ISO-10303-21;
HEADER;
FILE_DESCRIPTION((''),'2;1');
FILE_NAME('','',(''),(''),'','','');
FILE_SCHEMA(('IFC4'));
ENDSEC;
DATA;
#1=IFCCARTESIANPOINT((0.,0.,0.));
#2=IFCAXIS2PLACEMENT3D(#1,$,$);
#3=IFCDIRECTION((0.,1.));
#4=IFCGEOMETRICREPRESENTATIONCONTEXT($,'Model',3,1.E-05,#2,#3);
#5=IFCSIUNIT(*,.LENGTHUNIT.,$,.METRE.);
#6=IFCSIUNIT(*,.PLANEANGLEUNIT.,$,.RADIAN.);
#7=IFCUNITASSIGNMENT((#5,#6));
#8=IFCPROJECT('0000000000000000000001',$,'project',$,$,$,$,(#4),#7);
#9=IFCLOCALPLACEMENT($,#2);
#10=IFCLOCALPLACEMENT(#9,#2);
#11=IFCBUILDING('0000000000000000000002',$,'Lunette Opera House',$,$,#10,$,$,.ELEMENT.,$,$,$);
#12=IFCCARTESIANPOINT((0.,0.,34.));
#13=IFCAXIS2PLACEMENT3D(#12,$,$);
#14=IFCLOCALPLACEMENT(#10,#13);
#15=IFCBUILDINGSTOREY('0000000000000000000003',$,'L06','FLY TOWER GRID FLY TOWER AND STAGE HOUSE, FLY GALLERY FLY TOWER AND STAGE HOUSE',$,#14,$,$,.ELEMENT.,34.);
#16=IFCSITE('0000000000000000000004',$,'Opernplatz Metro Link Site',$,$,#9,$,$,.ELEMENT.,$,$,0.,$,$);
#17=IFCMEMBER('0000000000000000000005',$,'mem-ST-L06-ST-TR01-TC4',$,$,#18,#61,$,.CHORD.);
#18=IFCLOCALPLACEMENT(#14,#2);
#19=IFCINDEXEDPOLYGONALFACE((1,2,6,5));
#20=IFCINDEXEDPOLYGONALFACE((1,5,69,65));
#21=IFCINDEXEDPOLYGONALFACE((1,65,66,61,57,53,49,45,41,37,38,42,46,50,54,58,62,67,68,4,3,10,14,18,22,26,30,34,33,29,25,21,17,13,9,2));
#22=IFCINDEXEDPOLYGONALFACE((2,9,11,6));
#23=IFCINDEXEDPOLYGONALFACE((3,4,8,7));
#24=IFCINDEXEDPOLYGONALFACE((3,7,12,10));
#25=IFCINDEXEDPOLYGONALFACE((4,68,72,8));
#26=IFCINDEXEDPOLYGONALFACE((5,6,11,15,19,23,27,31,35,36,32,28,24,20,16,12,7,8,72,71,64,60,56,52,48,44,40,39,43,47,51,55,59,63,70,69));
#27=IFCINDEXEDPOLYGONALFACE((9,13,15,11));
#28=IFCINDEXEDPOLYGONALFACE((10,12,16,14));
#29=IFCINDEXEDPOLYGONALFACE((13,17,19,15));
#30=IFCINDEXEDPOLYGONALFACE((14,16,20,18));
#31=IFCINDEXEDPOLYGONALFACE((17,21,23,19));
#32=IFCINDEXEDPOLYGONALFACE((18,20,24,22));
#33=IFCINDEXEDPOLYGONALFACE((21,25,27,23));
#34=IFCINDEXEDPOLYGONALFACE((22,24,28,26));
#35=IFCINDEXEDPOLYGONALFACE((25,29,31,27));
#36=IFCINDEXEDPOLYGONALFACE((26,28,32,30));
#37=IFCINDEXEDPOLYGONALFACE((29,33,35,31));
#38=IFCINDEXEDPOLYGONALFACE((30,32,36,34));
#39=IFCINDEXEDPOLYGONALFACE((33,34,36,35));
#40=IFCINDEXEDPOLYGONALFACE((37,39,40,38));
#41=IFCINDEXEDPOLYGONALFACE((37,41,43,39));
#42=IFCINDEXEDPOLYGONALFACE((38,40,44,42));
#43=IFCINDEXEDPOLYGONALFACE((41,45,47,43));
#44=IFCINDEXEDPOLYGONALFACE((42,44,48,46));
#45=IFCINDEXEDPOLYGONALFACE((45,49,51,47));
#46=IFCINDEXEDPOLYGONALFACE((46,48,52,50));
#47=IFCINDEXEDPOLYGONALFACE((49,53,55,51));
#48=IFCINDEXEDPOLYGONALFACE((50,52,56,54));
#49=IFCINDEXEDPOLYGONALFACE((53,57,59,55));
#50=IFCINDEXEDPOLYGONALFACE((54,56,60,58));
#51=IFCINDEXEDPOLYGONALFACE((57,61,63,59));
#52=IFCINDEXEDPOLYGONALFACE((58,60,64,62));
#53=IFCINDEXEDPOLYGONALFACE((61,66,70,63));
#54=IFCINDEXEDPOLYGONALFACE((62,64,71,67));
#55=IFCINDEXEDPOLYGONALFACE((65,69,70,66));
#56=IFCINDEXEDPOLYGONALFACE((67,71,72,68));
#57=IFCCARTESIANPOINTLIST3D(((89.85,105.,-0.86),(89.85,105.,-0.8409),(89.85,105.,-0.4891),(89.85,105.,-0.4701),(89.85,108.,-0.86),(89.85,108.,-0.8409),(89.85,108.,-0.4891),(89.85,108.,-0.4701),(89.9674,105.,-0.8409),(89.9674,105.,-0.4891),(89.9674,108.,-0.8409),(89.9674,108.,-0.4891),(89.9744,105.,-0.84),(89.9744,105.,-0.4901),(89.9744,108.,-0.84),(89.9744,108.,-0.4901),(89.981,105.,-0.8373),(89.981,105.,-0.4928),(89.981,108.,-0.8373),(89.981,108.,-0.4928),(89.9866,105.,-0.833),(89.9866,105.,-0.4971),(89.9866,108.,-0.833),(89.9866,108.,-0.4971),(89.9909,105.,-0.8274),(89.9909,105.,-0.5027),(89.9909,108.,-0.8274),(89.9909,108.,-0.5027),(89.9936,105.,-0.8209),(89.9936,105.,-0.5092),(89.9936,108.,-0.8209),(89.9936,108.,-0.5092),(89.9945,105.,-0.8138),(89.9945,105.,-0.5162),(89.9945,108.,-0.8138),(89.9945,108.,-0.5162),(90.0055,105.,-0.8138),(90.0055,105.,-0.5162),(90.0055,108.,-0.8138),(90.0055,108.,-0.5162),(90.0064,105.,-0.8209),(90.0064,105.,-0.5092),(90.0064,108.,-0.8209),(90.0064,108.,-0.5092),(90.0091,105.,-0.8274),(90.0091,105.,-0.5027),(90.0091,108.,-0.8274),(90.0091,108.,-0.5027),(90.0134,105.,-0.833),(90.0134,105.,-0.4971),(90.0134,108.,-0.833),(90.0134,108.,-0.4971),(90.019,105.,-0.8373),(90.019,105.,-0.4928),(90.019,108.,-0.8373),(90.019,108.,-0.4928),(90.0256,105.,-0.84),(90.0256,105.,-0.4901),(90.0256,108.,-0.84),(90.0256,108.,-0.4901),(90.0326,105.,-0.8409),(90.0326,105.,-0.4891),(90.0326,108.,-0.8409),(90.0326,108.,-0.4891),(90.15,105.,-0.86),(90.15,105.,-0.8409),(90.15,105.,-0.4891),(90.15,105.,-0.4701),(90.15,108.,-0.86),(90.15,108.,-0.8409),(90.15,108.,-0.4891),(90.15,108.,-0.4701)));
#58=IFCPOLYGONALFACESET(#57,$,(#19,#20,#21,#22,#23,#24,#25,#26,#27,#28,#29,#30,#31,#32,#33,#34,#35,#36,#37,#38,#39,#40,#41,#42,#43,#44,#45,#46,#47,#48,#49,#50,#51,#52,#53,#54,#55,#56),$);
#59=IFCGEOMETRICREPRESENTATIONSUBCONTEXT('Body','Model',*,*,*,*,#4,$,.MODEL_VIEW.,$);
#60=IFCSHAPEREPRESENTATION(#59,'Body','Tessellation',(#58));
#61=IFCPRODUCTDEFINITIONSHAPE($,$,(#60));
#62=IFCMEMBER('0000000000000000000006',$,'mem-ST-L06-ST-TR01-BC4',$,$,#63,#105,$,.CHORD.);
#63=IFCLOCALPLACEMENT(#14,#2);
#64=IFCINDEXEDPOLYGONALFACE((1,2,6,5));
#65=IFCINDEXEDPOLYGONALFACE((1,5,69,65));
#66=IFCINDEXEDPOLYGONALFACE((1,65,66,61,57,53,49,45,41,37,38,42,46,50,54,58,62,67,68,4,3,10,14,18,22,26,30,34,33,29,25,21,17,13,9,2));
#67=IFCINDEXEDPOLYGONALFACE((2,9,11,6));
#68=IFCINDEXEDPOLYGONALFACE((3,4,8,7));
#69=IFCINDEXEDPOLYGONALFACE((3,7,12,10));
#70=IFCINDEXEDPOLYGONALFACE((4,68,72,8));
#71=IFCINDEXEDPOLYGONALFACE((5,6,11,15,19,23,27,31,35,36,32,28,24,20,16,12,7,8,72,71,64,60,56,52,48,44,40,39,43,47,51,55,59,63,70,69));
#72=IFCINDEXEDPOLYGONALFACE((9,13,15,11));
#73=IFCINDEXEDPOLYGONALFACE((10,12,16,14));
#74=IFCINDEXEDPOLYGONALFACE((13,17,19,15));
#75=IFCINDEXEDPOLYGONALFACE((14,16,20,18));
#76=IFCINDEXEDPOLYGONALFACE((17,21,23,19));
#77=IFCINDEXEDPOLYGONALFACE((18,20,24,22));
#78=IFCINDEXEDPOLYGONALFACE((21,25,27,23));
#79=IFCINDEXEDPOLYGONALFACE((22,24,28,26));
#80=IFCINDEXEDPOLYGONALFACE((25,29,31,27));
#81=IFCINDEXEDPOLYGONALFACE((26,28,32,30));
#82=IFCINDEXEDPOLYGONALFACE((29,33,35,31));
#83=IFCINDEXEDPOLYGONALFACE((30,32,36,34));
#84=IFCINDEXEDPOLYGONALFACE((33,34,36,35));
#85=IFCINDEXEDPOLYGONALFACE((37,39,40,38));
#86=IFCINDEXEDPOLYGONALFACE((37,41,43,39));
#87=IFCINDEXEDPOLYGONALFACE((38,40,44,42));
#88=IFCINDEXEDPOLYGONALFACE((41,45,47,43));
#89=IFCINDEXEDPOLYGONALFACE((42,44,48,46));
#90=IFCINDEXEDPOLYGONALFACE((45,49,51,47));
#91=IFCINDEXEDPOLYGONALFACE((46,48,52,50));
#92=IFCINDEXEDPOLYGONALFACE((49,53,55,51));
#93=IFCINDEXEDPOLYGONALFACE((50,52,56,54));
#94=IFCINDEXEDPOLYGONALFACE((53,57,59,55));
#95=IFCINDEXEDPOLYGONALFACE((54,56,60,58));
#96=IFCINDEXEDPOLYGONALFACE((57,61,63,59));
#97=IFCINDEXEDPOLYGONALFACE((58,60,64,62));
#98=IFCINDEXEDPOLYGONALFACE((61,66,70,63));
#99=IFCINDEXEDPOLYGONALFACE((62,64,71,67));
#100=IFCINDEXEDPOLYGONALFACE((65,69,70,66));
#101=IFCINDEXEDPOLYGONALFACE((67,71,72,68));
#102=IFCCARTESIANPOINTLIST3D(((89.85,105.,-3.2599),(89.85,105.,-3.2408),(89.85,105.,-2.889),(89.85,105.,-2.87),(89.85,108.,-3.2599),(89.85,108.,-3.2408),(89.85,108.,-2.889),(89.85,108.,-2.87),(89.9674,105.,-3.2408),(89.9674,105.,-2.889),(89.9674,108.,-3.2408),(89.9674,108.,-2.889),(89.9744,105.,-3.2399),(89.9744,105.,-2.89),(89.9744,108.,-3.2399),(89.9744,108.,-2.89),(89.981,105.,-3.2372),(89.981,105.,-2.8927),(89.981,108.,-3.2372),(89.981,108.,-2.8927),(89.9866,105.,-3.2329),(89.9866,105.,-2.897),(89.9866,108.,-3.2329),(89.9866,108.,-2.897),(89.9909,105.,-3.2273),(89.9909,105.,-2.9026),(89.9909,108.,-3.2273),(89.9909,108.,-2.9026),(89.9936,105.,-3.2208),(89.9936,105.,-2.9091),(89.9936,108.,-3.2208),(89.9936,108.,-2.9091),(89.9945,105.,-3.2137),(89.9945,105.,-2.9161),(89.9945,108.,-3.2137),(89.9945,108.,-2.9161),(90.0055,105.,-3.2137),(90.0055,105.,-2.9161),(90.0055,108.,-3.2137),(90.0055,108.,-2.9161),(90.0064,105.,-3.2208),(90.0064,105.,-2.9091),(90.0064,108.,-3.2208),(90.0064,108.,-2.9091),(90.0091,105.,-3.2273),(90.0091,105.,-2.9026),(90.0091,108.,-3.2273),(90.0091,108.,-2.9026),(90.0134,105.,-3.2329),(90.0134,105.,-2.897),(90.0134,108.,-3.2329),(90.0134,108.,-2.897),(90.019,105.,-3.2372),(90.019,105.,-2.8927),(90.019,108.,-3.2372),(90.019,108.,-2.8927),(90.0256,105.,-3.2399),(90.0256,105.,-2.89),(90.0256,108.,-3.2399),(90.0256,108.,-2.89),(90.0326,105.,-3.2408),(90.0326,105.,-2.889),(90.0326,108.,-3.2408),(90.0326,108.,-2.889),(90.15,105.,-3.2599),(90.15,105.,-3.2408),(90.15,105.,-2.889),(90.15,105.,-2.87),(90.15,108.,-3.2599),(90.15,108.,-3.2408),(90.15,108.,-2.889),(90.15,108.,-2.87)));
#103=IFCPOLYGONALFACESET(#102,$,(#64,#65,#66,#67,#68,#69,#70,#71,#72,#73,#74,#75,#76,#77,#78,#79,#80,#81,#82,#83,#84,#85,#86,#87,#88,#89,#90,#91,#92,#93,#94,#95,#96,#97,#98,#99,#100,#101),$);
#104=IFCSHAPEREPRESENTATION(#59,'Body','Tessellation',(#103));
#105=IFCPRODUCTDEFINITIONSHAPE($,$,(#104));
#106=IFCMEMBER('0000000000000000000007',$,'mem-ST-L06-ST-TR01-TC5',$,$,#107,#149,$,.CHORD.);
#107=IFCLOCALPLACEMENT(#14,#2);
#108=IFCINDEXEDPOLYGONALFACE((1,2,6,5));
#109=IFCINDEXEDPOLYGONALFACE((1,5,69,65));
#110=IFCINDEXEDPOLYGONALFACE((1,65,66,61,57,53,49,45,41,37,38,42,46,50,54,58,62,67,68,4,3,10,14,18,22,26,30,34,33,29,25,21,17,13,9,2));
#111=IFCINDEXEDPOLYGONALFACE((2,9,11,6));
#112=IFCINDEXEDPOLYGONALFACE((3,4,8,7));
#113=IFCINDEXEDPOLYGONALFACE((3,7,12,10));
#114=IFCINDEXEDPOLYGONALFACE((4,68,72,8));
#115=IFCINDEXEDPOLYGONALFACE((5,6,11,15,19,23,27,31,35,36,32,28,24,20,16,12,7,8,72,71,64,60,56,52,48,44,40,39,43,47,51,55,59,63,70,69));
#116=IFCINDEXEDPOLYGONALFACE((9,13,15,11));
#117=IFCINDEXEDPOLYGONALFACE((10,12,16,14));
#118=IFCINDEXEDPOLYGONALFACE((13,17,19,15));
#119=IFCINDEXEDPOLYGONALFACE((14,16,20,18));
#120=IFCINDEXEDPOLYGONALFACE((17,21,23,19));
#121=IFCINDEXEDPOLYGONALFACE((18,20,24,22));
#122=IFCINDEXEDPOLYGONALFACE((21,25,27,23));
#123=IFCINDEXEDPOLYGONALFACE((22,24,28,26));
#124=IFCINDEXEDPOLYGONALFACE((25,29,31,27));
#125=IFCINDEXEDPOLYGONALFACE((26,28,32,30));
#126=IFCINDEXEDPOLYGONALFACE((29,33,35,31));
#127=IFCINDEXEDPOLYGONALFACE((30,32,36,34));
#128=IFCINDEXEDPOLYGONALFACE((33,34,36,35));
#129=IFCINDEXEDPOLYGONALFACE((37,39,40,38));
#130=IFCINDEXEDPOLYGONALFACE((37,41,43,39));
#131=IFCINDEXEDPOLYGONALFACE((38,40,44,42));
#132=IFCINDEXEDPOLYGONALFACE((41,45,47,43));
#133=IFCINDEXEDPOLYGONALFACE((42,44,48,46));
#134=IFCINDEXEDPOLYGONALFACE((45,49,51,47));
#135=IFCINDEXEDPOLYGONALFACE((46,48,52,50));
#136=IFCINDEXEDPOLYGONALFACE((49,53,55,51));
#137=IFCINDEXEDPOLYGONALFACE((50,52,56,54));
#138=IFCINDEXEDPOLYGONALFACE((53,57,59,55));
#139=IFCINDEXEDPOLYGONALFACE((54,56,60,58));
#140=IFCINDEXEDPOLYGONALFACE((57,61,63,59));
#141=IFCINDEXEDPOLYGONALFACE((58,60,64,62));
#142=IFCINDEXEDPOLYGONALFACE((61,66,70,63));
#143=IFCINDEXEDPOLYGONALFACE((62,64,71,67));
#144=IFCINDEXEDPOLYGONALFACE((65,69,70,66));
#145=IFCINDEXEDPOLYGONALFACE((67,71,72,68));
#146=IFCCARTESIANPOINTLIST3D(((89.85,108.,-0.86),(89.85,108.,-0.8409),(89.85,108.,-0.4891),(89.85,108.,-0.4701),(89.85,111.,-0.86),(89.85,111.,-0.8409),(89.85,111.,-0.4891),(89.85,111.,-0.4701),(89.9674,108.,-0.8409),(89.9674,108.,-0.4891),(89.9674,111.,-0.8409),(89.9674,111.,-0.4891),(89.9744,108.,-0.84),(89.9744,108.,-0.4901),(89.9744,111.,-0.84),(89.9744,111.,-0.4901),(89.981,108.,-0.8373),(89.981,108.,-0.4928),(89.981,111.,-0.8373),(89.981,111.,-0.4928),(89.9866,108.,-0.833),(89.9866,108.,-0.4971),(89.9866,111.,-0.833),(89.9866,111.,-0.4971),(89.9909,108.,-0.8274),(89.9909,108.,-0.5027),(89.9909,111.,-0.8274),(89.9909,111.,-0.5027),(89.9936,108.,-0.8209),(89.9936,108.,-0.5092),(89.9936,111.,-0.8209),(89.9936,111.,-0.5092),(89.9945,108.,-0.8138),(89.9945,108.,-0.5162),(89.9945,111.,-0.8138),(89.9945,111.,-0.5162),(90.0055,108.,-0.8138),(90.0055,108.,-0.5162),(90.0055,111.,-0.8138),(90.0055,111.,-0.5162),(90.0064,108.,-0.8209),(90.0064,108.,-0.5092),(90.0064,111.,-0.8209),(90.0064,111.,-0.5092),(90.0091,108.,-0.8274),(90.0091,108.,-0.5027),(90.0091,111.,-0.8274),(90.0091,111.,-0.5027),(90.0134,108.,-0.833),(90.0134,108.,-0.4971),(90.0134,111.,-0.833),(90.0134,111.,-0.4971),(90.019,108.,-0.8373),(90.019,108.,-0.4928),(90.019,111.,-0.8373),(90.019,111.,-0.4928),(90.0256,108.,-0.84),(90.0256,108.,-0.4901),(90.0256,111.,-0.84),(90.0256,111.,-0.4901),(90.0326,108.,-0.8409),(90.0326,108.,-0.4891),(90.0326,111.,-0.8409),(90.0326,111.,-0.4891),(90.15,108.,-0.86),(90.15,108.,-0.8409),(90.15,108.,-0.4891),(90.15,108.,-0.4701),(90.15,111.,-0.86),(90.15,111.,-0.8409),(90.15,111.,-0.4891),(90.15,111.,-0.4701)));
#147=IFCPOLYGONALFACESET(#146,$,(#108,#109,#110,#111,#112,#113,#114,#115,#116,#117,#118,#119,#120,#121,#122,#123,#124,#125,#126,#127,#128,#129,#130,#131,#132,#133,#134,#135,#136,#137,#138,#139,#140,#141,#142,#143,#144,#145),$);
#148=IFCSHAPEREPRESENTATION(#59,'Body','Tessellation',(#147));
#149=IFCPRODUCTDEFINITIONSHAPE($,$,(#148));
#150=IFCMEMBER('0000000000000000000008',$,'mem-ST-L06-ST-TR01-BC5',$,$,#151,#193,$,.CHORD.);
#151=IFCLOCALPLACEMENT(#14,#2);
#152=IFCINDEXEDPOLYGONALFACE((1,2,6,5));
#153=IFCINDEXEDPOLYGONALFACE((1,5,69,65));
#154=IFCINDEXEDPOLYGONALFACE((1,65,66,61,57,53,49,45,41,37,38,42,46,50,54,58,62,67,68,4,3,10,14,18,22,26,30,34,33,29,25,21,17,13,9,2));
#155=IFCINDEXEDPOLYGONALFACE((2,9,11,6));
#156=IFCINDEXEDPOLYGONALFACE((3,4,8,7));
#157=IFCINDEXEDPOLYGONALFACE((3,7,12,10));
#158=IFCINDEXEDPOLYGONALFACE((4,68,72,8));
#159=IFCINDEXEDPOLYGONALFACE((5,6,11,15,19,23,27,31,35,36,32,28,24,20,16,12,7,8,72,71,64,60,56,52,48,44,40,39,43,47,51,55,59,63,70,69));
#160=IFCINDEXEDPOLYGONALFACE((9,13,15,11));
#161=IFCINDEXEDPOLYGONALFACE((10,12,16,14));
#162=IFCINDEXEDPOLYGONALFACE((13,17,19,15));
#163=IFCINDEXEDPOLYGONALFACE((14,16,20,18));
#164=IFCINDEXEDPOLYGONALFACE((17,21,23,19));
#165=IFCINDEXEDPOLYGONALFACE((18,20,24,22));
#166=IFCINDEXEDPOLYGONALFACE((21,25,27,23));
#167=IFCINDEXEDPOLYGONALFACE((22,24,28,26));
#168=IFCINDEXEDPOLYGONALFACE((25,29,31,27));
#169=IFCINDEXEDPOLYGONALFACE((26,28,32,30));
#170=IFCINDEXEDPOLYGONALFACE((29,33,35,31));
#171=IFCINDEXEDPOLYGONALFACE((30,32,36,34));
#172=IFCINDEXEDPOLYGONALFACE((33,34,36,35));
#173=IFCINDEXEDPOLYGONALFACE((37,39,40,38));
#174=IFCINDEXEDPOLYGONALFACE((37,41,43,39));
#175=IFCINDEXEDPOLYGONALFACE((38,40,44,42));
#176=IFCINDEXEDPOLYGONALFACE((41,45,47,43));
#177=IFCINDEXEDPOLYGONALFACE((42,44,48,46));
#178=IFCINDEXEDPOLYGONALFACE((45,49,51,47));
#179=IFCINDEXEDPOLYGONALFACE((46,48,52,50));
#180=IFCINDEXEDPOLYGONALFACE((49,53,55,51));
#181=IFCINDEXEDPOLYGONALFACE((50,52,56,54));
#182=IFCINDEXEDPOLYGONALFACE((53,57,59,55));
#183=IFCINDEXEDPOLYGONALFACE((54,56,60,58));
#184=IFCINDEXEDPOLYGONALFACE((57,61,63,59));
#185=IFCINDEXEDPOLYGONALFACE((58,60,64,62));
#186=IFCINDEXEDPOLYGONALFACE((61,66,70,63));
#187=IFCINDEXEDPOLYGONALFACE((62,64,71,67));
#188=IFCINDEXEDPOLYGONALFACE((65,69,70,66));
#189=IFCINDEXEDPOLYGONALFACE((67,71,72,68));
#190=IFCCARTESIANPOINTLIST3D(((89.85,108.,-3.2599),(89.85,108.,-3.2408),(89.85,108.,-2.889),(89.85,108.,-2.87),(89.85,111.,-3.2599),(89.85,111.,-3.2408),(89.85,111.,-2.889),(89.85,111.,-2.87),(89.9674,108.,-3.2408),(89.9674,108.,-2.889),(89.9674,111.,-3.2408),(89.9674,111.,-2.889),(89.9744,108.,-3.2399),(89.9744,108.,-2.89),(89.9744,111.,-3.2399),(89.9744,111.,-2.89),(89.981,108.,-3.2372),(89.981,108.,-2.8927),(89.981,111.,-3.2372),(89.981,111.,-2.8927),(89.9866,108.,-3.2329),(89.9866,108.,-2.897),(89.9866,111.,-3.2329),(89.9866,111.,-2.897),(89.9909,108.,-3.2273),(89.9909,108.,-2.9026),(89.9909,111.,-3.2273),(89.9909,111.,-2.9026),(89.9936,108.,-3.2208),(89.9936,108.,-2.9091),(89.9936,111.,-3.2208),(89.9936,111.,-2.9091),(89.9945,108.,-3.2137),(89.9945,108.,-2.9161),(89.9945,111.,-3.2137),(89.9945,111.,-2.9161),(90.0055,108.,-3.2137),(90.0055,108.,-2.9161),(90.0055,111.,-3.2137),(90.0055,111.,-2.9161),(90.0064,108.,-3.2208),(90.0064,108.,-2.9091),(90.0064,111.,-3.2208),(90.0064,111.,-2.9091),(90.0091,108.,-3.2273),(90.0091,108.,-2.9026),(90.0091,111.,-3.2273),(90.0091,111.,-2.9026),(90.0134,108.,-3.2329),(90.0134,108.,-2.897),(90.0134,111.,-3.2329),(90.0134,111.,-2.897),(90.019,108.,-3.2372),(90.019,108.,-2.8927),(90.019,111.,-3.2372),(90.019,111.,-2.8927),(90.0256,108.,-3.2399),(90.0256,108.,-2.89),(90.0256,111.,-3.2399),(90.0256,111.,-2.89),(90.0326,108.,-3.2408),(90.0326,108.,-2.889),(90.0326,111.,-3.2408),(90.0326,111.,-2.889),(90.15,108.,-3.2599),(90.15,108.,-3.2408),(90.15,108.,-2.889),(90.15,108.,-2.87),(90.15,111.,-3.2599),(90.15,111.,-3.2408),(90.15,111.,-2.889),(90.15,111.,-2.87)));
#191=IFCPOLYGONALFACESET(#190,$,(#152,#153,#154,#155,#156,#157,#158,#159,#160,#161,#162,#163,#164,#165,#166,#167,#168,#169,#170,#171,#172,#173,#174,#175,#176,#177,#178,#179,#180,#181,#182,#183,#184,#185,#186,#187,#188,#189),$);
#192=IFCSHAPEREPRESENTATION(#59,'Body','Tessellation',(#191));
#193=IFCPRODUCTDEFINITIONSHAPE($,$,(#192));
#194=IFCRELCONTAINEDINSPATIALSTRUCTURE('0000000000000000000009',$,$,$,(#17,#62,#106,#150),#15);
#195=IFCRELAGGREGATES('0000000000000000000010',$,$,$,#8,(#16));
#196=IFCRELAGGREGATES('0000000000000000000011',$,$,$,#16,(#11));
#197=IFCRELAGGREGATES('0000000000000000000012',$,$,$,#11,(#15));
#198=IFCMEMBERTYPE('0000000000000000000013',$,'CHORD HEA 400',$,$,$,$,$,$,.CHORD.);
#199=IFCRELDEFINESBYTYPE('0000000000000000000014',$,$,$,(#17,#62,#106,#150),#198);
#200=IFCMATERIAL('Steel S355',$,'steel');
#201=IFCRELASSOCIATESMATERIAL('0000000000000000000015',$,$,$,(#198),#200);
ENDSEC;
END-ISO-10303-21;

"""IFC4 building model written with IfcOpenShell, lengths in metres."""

from ifc_helpers import new_model, si_unit, direction, frame, origin, origin_2d, place, context, subcontext, project, spatial, i_section, extrude, material, material_profile, profile_set, type_object, element, save


model = new_model("IFC4")

# Units and contexts
model_context = context("Model", 3, precision=1e-05, world=origin(), true_north=direction((0.0, 1.0)))
body_context = subcontext(model_context, "Body", "Model", "MODEL_VIEW")
ifc_project = project(units=[si_unit("LENGTHUNIT", "METRE"), si_unit("PLANEANGLEUNIT", "RADIAN")], contexts=[model_context])

# Site, building, storey
site_placement = place(None, origin())
site = spatial("IfcSite", under=ifc_project, at=site_placement, Name="Opernplatz Metro Link Site", CompositionType="ELEMENT", RefElevation=0.0)
building_placement = place(site_placement, origin())
building = spatial("IfcBuilding", under=site, at=building_placement, Name="Lunette Opera House", CompositionType="ELEMENT")
storey_placement = place(building_placement, frame((0.0, 0.0, 34.0)))
storey = spatial("IfcBuildingStorey", under=building, at=storey_placement, Name="L06", Description="FLY TOWER GRID FLY TOWER AND STAGE HOUSE, FLY GALLERY FLY TOWER AND STAGE HOUSE", CompositionType="ELEMENT", Elevation=34.0)

# Members
ifc_material_1 = material(Name="Steel S355", Category="steel")
ifc_material_profile_1 = material_profile(ifc_material_1, i_section(OverallWidth=0.3, OverallDepth=0.3899, WebThickness=0.011, FlangeThickness=0.019, FilletRadius=0.0271, at=origin_2d()), Name="HEA 400")
ifc_profile_set_1 = profile_set([ifc_material_profile_1], Name="Steel S355")
member_type_1 = type_object("IfcMemberType", Name="CHORD HEA 400", PredefinedType="CHORD", material=ifc_profile_set_1)
for number, where, z_axis, x_axis, name in (
    (1, (90.0, 105.0, -0.665), (0.0, 1.0, 0.0), (-1.0, 0.0, 0.0), "mem-ST-L06-ST-TR01-TC4"),
    (2, (90.0, 105.0, -3.0649), (0.0, 1.0, 0.0), (-1.0, 0.0, 0.0), "mem-ST-L06-ST-TR01-BC4"),
    (3, (90.0, 108.0, -0.665), (0.0, 1.0, 0.0), (-1.0, 0.0, 0.0), "mem-ST-L06-ST-TR01-TC5"),
    (4, (90.0, 108.0, -3.0649), (0.0, 1.0, 0.0), (-1.0, 0.0, 0.0), "mem-ST-L06-ST-TR01-BC5"),
):
    element("IfcMember", number, at=place(storey_placement, frame(where, z_axis=z_axis, x_axis=x_axis)), inside=storey, type_object=member_type_1, Name=name, PredefinedType="CHORD", context=body_context, shape_type="SweptSolid", body=[
        extrude(i_section(OverallWidth=0.3, OverallDepth=0.3899, WebThickness=0.011, FlangeThickness=0.019, FilletRadius=0.0271, at=origin_2d()), origin(), (0.0, 0.0, 1.0), 3.0),
    ])

save(model, "model.ifc")
